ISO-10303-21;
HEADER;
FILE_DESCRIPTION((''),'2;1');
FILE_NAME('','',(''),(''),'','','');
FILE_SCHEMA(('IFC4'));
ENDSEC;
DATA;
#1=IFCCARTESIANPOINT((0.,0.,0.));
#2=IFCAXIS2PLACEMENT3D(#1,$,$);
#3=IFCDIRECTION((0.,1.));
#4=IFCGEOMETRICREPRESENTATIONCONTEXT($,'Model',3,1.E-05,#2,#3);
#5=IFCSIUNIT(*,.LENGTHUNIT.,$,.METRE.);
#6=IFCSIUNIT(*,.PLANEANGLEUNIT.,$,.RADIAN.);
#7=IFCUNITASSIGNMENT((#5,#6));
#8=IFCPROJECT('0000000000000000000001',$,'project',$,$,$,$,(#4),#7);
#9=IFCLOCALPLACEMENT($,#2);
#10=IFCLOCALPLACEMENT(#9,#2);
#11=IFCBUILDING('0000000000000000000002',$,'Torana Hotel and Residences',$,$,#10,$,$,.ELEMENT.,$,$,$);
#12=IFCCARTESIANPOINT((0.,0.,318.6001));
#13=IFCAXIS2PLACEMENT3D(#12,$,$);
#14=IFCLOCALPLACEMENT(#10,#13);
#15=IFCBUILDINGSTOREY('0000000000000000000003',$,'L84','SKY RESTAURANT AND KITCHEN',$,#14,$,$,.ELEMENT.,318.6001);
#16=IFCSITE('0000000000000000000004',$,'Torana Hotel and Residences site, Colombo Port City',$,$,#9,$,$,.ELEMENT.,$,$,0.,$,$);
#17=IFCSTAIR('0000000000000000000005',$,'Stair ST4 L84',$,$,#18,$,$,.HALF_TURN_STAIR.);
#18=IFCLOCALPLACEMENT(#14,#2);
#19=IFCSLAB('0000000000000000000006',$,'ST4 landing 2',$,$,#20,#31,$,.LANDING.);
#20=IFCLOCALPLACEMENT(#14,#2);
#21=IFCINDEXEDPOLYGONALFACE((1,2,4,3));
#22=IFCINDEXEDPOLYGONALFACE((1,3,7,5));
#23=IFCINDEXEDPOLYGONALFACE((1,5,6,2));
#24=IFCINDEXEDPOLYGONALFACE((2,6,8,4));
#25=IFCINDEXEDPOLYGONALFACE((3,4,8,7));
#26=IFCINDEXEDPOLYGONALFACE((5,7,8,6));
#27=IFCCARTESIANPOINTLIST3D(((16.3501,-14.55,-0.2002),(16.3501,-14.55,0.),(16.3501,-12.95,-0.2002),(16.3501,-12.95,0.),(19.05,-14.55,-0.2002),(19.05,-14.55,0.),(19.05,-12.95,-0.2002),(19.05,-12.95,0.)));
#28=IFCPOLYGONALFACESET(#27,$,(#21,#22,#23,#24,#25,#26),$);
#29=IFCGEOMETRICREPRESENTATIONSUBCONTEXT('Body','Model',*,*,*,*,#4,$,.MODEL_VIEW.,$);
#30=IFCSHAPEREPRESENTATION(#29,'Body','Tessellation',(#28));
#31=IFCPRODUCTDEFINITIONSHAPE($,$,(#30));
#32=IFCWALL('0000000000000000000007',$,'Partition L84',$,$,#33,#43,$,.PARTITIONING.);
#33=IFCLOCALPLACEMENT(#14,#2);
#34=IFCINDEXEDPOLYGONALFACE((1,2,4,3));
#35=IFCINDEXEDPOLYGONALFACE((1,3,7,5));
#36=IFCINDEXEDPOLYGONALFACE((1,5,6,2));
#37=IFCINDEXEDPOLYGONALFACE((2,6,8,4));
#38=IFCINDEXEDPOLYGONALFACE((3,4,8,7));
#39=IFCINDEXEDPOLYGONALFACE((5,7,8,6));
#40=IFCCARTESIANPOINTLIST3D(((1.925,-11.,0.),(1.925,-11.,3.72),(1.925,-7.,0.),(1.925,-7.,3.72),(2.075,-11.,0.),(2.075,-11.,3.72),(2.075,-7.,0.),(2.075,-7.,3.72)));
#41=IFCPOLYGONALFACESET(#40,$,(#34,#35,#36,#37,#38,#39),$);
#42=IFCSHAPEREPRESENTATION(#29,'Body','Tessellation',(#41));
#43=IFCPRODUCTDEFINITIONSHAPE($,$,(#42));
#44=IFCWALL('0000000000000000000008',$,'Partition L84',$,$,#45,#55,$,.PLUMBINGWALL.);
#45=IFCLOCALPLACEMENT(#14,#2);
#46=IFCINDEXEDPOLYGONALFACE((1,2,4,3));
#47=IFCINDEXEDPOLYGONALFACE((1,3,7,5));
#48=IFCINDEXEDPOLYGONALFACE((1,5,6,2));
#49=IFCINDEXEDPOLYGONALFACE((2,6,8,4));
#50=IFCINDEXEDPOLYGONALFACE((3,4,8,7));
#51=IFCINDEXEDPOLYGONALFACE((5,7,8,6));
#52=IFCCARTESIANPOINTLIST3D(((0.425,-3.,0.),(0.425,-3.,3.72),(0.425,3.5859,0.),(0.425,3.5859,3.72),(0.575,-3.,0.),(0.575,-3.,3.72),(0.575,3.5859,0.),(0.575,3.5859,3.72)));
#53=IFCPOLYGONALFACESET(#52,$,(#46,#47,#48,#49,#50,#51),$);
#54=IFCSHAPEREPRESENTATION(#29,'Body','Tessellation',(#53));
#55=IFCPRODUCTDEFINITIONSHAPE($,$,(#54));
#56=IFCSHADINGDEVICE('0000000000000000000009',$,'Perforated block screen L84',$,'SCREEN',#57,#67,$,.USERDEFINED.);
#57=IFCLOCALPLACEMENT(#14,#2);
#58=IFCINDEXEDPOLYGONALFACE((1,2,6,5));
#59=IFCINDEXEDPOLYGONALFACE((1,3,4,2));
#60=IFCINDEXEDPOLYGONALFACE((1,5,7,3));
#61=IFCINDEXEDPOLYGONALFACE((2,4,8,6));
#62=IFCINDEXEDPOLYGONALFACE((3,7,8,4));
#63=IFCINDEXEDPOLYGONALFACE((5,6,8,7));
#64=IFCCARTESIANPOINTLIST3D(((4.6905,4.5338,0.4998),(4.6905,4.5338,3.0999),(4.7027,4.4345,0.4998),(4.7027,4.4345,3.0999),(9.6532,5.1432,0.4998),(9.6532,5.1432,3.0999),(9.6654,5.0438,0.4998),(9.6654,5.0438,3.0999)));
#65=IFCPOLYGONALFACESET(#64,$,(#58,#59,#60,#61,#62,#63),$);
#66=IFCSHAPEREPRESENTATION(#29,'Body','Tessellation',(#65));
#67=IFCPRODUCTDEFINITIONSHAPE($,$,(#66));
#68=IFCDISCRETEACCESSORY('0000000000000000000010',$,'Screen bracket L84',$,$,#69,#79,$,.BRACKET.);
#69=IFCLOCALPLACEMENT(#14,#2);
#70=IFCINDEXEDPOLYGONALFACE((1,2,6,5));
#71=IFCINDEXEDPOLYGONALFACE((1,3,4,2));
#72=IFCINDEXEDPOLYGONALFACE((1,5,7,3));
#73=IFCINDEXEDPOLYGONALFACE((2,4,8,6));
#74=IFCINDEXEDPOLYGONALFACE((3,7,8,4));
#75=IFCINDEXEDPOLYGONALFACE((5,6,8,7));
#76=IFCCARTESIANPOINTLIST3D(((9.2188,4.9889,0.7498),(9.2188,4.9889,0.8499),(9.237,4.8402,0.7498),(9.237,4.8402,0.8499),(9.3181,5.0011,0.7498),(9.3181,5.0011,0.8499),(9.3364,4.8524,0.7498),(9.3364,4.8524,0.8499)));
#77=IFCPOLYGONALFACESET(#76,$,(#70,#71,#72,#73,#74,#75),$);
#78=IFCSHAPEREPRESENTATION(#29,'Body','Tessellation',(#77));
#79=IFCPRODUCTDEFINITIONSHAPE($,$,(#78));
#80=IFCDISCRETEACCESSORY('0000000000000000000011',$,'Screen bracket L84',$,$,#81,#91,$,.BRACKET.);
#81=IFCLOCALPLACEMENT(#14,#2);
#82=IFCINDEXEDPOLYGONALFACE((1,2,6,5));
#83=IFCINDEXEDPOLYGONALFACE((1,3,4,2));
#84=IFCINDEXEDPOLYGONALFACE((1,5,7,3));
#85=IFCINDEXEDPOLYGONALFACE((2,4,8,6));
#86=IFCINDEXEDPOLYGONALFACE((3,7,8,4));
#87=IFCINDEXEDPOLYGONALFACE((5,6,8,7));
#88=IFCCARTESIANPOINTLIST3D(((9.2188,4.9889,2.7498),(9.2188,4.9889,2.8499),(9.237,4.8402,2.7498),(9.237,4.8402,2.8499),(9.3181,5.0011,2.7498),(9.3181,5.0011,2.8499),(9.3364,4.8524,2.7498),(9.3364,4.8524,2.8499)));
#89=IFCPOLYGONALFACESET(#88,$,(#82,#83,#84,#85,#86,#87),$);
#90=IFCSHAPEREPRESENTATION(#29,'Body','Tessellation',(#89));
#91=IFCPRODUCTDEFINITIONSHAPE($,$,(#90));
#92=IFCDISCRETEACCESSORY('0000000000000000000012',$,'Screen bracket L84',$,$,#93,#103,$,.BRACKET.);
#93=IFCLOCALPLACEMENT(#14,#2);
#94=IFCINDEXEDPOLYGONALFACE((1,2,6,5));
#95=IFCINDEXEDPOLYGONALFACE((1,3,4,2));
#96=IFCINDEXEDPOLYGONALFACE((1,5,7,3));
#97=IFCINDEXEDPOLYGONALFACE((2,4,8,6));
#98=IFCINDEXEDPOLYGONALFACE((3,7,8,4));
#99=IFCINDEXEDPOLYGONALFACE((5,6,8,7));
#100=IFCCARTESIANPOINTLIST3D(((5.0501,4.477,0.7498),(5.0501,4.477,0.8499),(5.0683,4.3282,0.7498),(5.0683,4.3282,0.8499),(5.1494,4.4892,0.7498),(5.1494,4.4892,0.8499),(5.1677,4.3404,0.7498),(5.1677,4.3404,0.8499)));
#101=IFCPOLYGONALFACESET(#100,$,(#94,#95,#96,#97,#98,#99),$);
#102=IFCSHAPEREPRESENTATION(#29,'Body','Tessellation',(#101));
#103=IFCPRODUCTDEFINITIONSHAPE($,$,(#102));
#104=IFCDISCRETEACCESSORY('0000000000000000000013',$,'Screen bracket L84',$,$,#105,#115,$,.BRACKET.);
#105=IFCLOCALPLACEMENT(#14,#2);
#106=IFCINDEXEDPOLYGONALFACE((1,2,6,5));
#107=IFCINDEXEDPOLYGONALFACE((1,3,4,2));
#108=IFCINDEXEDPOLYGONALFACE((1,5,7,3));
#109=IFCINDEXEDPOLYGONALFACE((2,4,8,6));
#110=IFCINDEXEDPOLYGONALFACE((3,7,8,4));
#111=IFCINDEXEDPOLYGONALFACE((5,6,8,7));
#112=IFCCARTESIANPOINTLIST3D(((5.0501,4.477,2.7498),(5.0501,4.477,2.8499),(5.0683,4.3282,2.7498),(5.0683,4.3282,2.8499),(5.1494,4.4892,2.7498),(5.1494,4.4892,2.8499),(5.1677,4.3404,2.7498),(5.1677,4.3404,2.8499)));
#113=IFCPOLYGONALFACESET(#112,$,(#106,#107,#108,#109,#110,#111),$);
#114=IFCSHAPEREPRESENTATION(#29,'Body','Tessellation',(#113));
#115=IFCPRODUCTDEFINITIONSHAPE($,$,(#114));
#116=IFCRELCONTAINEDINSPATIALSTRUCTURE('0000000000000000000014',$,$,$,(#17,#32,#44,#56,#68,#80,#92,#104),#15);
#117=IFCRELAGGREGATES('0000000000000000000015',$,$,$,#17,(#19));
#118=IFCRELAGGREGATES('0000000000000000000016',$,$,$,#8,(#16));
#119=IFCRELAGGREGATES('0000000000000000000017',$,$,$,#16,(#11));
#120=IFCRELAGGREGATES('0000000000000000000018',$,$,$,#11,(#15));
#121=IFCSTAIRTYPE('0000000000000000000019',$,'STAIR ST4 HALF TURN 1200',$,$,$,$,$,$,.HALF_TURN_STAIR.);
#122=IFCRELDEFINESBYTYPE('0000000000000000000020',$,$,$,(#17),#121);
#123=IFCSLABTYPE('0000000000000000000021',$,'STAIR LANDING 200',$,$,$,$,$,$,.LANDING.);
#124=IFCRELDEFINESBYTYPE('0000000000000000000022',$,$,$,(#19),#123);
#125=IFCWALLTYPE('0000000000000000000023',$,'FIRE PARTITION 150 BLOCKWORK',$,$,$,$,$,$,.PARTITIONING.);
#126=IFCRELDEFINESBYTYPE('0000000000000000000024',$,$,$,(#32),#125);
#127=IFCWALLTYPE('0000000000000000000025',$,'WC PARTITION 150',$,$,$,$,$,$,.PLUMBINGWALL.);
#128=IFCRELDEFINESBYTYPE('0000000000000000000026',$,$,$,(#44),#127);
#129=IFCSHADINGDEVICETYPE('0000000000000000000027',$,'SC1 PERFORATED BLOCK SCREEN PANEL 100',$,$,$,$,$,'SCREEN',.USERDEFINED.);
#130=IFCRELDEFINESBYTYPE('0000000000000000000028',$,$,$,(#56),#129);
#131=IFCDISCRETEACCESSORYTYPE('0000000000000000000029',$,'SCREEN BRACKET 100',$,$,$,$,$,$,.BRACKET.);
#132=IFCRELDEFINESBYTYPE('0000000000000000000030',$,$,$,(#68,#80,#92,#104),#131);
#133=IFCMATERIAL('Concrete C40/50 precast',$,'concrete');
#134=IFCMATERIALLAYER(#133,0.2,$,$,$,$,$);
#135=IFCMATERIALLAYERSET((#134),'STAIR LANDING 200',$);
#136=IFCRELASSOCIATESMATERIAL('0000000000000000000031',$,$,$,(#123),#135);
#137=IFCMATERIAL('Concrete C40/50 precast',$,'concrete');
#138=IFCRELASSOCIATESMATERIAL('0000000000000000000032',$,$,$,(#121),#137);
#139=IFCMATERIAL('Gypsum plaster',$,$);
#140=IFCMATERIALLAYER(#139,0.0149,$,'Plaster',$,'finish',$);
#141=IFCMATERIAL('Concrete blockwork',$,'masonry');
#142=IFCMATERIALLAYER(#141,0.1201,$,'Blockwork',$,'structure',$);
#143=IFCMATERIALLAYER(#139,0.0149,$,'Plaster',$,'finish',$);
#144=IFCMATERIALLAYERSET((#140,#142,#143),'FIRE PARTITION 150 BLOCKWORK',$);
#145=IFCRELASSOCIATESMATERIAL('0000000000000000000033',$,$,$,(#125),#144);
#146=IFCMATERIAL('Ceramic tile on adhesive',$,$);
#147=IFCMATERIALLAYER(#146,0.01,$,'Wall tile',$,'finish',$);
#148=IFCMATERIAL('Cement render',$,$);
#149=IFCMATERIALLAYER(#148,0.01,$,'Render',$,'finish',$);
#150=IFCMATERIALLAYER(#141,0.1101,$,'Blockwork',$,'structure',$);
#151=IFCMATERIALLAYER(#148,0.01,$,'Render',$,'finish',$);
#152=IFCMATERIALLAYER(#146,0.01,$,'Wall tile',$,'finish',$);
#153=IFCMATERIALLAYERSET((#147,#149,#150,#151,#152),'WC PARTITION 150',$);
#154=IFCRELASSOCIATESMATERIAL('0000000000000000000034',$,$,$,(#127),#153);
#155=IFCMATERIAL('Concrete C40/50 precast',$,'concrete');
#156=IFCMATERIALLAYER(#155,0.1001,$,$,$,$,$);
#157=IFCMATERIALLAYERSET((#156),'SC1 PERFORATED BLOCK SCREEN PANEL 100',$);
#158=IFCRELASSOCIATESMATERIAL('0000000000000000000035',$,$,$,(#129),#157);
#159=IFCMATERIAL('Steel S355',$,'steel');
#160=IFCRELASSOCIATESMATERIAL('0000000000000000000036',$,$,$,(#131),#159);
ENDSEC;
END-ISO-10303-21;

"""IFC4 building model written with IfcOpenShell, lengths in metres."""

from ifc_helpers import new_model, si_unit, direction, frame, frame_2d, origin, origin_2d, place, context, subcontext, project, spatial, polyline, rectangle, outline, extrude, material, layer, layer_set, type_object, element, aggregate, save


model = new_model("IFC4")

# Units and contexts
model_context = context("Model", 3, precision=1e-05, world=origin(), true_north=direction((0.0, 1.0)))
body_context = subcontext(model_context, "Body", "Model", "MODEL_VIEW")
ifc_project = project(units=[si_unit("LENGTHUNIT", "METRE"), si_unit("PLANEANGLEUNIT", "RADIAN")], contexts=[model_context])

# Site, building, storey
site_placement = place(None, origin())
site = spatial("IfcSite", under=ifc_project, at=site_placement, Name="Torana Hotel and Residences site, Colombo Port City", CompositionType="ELEMENT", RefElevation=0.0)
building_placement = place(site_placement, origin())
building = spatial("IfcBuilding", under=site, at=building_placement, Name="Torana Hotel and Residences", CompositionType="ELEMENT")
storey_placement = place(building_placement, frame((0.0, 0.0, 318.6001)))
storey = spatial("IfcBuildingStorey", under=building, at=storey_placement, Name="L84", Description="SKY RESTAURANT AND KITCHEN", CompositionType="ELEMENT", Elevation=318.6001)

# Stair, slab
ifc_material_1 = material(Name="Concrete C40/50 precast", Category="concrete")
ifc_layer_1 = layer(ifc_material_1, 0.2)
ifc_layer_set_1 = layer_set([ifc_layer_1], Name="STAIR LANDING 200")
slab_type_1 = type_object("IfcSlabType", Name="STAIR LANDING 200", PredefinedType="LANDING", material=ifc_layer_set_1)
ifc_material_2 = material(Name="Concrete C40/50 precast", Category="concrete")
stair_type_1 = type_object("IfcStairType", Name="STAIR ST4 HALF TURN 1200", PredefinedType="HALF_TURN_STAIR", material=ifc_material_2)
stair_1_placement = place(storey_placement, origin())
stair_1 = element("IfcStair", 1, at=stair_1_placement, inside=storey, type_object=stair_type_1, Name="Stair ST4 L84", PredefinedType="HALF_TURN_STAIR")
slab_1_placement = place(storey_placement, frame((0.0, 0.0, -0.2002)))
slab_1 = element("IfcSlab", 2, at=slab_1_placement, type_object=slab_type_1, Name="ST4 landing 2", PredefinedType="LANDING", context=body_context, shape_type="SweptSolid", body=[
    extrude(outline(polyline([(16.3501, -14.55), (19.05, -14.55), (19.05, -12.95), (16.3501, -12.95), (16.3501, -14.55)])), origin(), (0.0, 0.0, 1.0), 0.2002),
])
aggregate(stair_1, [slab_1])

# Walls
ifc_material_3 = material(Name="Gypsum plaster")
ifc_layer_2 = layer(ifc_material_3, 0.0149, Name="Plaster", Category="finish")
ifc_material_4 = material(Name="Concrete blockwork", Category="masonry")
ifc_layer_3 = layer(ifc_material_4, 0.1201, Name="Blockwork", Category="structure")
ifc_layer_4 = layer(ifc_material_3, 0.0149, Name="Plaster", Category="finish")
ifc_layer_set_2 = layer_set([ifc_layer_2, ifc_layer_3, ifc_layer_4], Name="FIRE PARTITION 150 BLOCKWORK")
wall_type_1 = type_object("IfcWallType", Name="FIRE PARTITION 150 BLOCKWORK", PredefinedType="PARTITIONING", material=ifc_layer_set_2)
wall_1_placement = place(storey_placement, frame((2.0, -11.0, 0.0), z_axis=(0.0, 0.0, 1.0), x_axis=(0.0, 1.0, 0.0)))
element("IfcWall", 3, at=wall_1_placement, inside=storey, type_object=wall_type_1, Name="Partition L84", PredefinedType="PARTITIONING", context=body_context, shape_type="SweptSolid", body=[
    extrude(rectangle(XDim=4.0, YDim=0.1499, at=frame_2d((2.0, 0.0))), origin(), (0.0, 0.0, 1.0), 3.72),
])
ifc_material_5 = material(Name="Ceramic tile on adhesive")
ifc_layer_5 = layer(ifc_material_5, 0.01, Name="Wall tile", Category="finish")
ifc_material_6 = material(Name="Cement render")
ifc_layer_6 = layer(ifc_material_6, 0.01, Name="Render", Category="finish")
ifc_layer_7 = layer(ifc_material_4, 0.1101, Name="Blockwork", Category="structure")
ifc_layer_8 = layer(ifc_material_6, 0.01, Name="Render", Category="finish")
ifc_layer_9 = layer(ifc_material_5, 0.01, Name="Wall tile", Category="finish")
ifc_layer_set_3 = layer_set([ifc_layer_5, ifc_layer_6, ifc_layer_7, ifc_layer_8, ifc_layer_9], Name="WC PARTITION 150")
wall_type_2 = type_object("IfcWallType", Name="WC PARTITION 150", PredefinedType="PLUMBINGWALL", material=ifc_layer_set_3)
wall_2_placement = place(storey_placement, frame((0.5, -3.0, 0.0), z_axis=(0.0, 0.0, 1.0), x_axis=(0.0, 1.0, 0.0)))
element("IfcWall", 4, at=wall_2_placement, inside=storey, type_object=wall_type_2, Name="Partition L84", PredefinedType="PLUMBINGWALL", context=body_context, shape_type="SweptSolid", body=[
    extrude(rectangle(XDim=6.5859, YDim=0.1499, at=frame_2d((3.293, 0.0))), origin(), (0.0, 0.0, 1.0), 3.72),
])

# Shading device
ifc_material_7 = material(Name="Concrete C40/50 precast", Category="concrete")
ifc_layer_10 = layer(ifc_material_7, 0.1001)
ifc_layer_set_4 = layer_set([ifc_layer_10], Name="SC1 PERFORATED BLOCK SCREEN PANEL 100")
shading_device_type = type_object("IfcShadingDeviceType", Name="SC1 PERFORATED BLOCK SCREEN PANEL 100", ElementType="SCREEN", PredefinedType="USERDEFINED", material=ifc_layer_set_4)
shading_device_placement = place(storey_placement, frame((7.178, 4.7888, 0.4998), z_axis=(0.0, 0.0, 1.0), x_axis=(-0.992547, -0.121866, 0.0)))
element("IfcShadingDevice", 5, at=shading_device_placement, inside=storey, type_object=shading_device_type, Name="Perforated block screen L84", ObjectType="SCREEN", PredefinedType="USERDEFINED", context=body_context, shape_type="SweptSolid", body=[
    extrude(rectangle(XDim=5.0, YDim=0.1001, at=origin_2d()), origin(), (0.0, 0.0, 1.0), 2.6001),
])

# Discrete accessories
ifc_material_8 = material(Name="Steel S355", Category="steel")
discrete_accessory_type = type_object("IfcDiscreteAccessoryType", Name="SCREEN BRACKET 100", PredefinedType="BRACKET", material=ifc_material_8)
for number, where, z_axis, x_axis, name in (
    (6, (9.2776, 4.9207, 0.7498), (0.0, 0.0, 1.0), (-0.992547, -0.121866, 0.0), "Screen bracket L84"),
    (7, (9.2776, 4.9207, 2.7498), (0.0, 0.0, 1.0), (-0.992547, -0.121866, 0.0), "Screen bracket L84"),
    (8, (5.1089, 4.4087, 0.7498), (0.0, 0.0, 1.0), (-0.992547, -0.121866, 0.0), "Screen bracket L84"),
    (9, (5.1089, 4.4087, 2.7498), (0.0, 0.0, 1.0), (-0.992547, -0.121866, 0.0), "Screen bracket L84"),
):
    element("IfcDiscreteAccessory", number, at=place(storey_placement, frame(where, z_axis=z_axis, x_axis=x_axis)), inside=storey, type_object=discrete_accessory_type, Name=name, PredefinedType="BRACKET", context=body_context, shape_type="SweptSolid", body=[
        extrude(rectangle(XDim=0.1001, YDim=0.1499, at=origin_2d()), origin(), (0.0, 0.0, 1.0), 0.1001),
    ])

save(model, "model.ifc")
